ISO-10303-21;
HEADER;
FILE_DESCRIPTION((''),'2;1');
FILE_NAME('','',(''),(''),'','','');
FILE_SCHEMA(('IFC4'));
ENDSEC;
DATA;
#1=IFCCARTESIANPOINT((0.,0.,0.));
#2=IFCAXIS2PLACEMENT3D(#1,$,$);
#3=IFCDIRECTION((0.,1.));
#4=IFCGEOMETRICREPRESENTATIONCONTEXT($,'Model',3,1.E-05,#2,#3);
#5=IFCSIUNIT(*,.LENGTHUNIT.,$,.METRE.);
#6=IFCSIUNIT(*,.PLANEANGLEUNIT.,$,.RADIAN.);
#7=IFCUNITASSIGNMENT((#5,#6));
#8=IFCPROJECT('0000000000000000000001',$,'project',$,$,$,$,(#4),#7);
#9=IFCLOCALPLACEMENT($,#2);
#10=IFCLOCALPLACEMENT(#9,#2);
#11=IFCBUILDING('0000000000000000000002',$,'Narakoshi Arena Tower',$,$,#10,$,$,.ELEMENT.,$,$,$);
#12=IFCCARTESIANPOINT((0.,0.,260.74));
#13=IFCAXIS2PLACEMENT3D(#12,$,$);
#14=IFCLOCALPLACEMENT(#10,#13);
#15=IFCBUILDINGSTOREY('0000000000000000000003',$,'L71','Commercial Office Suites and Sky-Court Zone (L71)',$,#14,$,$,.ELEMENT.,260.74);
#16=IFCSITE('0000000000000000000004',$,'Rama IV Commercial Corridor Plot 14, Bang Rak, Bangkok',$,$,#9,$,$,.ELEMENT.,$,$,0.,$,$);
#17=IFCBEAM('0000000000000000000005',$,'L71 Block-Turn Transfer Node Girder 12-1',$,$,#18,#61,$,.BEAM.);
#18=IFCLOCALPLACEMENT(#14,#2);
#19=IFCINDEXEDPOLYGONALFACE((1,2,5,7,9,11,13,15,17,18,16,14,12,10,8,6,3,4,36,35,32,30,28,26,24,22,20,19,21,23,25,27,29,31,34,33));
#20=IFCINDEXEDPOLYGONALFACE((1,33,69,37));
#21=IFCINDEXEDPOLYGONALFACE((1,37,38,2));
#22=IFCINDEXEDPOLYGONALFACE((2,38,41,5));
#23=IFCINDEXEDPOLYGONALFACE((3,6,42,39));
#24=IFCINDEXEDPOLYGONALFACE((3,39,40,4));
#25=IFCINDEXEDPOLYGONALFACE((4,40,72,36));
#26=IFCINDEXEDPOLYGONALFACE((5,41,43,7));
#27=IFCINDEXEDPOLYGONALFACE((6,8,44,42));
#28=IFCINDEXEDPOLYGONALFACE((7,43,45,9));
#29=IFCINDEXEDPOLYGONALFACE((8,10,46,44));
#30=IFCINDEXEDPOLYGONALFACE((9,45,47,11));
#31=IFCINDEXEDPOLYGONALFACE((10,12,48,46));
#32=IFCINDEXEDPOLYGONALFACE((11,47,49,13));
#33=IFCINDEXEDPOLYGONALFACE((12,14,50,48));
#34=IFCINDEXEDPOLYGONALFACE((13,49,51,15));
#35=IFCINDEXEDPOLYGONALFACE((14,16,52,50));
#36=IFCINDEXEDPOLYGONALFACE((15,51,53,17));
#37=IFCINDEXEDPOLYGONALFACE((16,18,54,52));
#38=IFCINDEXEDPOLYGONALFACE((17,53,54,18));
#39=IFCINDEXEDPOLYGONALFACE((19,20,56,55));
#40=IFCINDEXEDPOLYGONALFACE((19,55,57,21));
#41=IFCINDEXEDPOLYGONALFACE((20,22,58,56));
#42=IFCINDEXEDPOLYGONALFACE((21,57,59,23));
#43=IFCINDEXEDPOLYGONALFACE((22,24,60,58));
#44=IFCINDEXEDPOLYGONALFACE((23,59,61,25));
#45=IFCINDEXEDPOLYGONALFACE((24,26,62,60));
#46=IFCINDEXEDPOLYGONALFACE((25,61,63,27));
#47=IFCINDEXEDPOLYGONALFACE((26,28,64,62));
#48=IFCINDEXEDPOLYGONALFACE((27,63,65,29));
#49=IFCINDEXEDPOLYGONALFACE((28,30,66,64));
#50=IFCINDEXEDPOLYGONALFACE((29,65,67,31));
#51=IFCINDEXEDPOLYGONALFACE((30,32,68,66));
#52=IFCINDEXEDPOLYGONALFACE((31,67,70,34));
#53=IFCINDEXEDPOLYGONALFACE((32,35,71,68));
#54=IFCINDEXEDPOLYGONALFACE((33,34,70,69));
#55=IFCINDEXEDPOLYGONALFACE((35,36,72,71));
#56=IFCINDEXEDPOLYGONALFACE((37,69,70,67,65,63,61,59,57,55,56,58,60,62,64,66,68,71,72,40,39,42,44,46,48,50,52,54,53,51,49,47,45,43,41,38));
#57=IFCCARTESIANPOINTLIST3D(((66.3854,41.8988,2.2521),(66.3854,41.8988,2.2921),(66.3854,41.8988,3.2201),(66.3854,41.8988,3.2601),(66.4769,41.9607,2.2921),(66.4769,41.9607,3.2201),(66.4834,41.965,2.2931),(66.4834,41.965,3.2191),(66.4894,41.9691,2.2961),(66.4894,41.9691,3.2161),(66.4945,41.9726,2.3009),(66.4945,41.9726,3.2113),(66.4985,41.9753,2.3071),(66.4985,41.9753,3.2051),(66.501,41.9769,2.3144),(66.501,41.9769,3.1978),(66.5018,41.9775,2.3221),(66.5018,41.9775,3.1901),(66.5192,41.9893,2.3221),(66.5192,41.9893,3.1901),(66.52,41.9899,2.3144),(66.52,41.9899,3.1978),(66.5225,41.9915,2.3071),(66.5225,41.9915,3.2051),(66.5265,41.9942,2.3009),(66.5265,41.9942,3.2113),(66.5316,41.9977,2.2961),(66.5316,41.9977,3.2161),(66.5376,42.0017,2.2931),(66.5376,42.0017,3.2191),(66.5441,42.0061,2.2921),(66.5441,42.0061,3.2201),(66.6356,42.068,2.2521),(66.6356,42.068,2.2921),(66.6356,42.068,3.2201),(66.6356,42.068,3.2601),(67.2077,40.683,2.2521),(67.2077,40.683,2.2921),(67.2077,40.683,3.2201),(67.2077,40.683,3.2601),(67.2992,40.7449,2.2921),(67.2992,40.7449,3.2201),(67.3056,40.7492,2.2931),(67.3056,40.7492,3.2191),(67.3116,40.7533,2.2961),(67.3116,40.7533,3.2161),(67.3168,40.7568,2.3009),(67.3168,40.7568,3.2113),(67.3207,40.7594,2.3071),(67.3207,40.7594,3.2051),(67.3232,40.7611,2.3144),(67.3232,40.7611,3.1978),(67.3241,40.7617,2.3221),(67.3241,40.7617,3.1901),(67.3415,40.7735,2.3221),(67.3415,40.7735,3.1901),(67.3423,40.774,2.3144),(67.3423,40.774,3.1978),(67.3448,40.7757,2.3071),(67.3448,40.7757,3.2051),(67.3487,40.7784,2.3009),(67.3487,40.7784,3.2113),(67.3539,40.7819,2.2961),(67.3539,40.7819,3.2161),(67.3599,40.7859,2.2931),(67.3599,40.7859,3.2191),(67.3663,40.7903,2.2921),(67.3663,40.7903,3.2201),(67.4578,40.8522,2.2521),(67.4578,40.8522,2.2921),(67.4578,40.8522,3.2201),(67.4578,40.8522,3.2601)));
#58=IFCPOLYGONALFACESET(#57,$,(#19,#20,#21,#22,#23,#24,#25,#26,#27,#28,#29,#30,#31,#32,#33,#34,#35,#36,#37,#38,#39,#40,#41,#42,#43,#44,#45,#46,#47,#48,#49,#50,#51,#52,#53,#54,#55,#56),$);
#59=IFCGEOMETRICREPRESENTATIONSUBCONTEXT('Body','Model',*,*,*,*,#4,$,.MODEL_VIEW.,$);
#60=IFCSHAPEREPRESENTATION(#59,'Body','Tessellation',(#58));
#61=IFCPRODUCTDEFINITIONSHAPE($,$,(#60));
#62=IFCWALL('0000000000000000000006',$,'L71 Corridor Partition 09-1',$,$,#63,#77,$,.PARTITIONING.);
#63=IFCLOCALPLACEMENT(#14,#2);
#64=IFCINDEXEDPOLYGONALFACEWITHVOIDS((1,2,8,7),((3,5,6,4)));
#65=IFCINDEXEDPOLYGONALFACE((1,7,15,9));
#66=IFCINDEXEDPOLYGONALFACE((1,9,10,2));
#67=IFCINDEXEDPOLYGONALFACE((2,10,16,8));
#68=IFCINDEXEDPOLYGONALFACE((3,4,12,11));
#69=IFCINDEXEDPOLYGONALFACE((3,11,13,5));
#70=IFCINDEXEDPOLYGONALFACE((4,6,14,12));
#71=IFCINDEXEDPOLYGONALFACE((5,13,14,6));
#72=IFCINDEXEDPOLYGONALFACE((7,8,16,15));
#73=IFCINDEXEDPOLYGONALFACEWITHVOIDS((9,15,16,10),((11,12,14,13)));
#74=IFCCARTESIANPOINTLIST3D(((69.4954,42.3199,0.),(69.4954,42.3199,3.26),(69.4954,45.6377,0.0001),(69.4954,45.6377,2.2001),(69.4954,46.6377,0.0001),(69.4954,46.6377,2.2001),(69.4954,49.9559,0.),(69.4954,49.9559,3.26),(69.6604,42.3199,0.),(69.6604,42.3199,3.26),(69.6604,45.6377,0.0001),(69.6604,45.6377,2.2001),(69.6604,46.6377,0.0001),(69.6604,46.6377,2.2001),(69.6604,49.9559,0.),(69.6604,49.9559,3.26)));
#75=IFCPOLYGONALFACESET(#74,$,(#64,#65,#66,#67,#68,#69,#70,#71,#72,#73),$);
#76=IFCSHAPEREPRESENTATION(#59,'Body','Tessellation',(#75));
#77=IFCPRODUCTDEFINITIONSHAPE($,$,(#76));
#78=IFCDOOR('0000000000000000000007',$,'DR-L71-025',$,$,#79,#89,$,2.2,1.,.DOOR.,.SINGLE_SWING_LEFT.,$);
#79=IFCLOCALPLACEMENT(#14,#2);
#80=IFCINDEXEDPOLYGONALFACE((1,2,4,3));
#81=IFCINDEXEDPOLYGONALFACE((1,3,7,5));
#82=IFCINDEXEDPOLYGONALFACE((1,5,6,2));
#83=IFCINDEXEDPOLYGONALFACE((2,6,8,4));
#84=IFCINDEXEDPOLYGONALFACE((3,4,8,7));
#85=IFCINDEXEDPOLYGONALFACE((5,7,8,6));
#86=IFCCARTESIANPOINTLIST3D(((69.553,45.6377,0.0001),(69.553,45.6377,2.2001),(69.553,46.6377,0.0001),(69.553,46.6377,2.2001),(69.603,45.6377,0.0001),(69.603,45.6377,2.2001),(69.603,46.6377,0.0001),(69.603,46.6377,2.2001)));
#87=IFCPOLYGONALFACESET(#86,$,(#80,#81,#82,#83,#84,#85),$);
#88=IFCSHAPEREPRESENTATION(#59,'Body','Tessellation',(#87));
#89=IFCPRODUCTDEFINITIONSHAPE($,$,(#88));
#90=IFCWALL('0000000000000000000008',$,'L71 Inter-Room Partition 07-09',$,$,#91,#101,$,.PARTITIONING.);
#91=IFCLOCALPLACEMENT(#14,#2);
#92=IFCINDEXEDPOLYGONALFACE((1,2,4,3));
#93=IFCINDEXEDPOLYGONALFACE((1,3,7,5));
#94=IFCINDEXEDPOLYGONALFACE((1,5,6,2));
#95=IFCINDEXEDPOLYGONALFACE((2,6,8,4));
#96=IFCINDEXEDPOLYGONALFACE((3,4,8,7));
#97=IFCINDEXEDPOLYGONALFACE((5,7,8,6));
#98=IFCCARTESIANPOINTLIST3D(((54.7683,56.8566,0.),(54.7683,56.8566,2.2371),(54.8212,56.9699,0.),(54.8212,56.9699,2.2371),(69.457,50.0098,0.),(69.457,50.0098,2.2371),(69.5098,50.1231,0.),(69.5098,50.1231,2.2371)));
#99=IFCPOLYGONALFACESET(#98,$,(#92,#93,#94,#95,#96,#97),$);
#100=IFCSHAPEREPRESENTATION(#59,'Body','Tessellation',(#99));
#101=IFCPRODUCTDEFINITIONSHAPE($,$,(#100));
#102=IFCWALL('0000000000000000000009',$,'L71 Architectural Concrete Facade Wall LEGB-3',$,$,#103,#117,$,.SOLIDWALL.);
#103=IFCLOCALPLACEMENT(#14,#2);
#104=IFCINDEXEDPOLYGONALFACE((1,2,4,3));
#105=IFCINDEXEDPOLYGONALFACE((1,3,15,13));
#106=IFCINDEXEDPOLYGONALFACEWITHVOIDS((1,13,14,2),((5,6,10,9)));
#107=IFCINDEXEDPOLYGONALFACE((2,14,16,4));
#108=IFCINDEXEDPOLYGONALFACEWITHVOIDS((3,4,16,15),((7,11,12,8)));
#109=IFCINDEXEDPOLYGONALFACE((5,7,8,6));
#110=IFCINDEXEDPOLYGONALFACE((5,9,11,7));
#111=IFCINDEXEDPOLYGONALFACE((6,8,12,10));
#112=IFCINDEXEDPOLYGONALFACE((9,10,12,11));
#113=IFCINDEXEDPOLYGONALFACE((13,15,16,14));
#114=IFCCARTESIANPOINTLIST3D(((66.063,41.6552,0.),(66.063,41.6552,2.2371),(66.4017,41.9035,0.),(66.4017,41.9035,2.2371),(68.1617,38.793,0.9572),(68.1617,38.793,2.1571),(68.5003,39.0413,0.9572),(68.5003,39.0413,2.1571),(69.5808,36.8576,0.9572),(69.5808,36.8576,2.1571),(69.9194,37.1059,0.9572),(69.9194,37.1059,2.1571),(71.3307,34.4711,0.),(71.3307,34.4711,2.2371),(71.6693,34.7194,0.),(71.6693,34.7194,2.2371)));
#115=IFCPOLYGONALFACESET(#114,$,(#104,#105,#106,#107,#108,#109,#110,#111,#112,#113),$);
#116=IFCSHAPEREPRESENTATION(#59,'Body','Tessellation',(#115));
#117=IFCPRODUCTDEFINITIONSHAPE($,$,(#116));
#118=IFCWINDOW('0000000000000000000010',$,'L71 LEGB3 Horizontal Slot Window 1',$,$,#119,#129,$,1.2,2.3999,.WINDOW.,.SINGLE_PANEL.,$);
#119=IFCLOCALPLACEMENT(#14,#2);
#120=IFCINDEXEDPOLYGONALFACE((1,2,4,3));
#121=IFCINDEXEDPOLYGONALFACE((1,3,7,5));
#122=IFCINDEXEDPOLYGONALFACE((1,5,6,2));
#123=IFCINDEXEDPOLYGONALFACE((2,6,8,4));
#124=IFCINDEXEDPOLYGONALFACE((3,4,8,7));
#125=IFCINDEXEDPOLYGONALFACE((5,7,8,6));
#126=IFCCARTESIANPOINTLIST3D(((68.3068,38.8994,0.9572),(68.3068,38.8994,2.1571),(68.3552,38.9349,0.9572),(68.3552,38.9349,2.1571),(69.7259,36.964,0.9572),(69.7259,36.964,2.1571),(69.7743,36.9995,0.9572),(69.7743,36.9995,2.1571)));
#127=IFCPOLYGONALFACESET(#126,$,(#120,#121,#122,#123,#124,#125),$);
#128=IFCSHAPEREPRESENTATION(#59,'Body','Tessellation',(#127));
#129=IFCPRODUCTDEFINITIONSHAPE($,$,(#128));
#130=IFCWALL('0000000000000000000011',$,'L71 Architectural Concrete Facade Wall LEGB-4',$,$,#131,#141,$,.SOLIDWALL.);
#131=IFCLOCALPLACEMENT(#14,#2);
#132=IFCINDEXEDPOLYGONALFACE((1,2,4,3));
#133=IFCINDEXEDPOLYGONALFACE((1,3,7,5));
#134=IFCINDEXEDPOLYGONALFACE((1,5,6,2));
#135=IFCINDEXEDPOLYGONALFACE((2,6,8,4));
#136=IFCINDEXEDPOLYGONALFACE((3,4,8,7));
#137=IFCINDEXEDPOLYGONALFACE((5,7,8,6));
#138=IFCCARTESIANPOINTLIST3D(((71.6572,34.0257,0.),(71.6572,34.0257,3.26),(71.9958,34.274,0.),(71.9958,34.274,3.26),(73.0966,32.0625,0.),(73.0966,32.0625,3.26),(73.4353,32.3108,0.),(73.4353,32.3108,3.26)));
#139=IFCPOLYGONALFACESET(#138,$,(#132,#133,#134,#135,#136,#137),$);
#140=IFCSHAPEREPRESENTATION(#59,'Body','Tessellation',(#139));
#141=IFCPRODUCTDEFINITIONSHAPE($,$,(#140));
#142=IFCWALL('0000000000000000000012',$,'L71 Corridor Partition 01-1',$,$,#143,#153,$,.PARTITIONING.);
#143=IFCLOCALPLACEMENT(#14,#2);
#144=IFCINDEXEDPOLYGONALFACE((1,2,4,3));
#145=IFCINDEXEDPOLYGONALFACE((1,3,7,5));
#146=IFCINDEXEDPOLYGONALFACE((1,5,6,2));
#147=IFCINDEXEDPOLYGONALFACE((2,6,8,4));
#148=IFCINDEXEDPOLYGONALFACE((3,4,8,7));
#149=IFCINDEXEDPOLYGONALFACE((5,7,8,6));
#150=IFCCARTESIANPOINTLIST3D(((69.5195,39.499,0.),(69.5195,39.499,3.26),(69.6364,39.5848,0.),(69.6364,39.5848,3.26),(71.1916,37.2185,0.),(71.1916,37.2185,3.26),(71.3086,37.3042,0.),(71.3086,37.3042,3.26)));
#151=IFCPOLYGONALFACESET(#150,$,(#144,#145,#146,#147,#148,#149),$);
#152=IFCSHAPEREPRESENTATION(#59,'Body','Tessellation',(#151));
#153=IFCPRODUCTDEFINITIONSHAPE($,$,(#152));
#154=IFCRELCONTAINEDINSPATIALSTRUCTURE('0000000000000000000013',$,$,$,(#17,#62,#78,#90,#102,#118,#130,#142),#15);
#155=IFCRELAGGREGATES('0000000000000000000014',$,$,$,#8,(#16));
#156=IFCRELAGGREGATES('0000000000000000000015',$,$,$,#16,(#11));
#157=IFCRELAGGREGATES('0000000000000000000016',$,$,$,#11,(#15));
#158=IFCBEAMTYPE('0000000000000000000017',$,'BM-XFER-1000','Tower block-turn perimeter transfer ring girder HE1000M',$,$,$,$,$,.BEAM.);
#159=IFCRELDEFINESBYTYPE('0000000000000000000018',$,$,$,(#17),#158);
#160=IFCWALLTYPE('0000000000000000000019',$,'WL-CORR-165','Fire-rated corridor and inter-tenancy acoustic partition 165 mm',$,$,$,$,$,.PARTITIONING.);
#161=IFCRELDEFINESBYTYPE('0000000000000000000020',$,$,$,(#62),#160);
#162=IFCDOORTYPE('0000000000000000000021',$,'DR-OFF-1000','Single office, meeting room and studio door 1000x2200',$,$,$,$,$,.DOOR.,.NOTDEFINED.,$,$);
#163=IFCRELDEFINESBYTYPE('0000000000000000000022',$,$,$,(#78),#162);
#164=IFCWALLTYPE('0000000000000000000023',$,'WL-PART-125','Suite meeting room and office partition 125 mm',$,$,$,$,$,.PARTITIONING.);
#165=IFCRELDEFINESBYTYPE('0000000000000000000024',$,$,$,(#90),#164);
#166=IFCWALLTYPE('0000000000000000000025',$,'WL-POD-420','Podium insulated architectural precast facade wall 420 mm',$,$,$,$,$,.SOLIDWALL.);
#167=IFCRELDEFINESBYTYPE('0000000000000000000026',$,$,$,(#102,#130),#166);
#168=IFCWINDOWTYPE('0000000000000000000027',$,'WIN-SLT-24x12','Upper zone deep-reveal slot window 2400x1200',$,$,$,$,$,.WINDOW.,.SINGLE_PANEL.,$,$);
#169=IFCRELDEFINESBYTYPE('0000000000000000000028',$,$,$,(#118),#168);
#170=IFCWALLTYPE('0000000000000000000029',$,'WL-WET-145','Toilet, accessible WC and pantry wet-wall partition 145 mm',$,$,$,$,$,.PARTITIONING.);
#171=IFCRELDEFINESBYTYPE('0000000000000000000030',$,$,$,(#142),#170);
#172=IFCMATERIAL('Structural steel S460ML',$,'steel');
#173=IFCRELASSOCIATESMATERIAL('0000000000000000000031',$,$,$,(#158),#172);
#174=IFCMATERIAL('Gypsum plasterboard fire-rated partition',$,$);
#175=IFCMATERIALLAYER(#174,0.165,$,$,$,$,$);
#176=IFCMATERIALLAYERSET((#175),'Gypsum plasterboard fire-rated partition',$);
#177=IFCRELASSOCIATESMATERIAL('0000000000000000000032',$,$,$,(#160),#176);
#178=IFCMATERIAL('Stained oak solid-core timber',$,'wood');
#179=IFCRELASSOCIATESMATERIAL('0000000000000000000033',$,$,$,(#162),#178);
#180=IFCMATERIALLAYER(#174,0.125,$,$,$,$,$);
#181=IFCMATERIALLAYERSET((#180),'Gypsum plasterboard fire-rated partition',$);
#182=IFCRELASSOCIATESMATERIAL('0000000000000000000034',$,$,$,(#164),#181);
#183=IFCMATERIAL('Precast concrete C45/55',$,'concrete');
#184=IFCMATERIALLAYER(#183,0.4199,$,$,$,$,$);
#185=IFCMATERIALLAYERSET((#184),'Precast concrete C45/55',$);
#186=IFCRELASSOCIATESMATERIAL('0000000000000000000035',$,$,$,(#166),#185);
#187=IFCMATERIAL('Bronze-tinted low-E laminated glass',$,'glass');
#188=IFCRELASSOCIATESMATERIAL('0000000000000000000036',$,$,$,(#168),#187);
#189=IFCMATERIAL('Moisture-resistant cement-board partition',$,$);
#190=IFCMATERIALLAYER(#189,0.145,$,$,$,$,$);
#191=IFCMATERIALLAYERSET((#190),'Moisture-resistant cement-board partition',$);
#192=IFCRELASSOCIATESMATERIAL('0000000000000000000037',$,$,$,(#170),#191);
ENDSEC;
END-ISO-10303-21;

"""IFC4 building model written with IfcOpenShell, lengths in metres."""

from ifc_helpers import new_model, si_unit, direction, frame, frame_2d, origin, origin_2d, place, context, subcontext, project, spatial, rectangle, i_section, extrude, material, layer, layer_set, material_profile, profile_set, type_object, element, fill, save


model = new_model("IFC4")

# Units and contexts
model_context = context("Model", 3, precision=1e-05, world=origin(), true_north=direction((0.0, 1.0)))
body_context = subcontext(model_context, "Body", "Model", "MODEL_VIEW")
ifc_project = project(units=[si_unit("LENGTHUNIT", "METRE"), si_unit("PLANEANGLEUNIT", "RADIAN")], contexts=[model_context])

# Site, building, storey
site_placement = place(None, origin())
site = spatial("IfcSite", under=ifc_project, at=site_placement, Name="Rama IV Commercial Corridor Plot 14, Bang Rak, Bangkok", CompositionType="ELEMENT", RefElevation=0.0)
building_placement = place(site_placement, origin())
building = spatial("IfcBuilding", under=site, at=building_placement, Name="Narakoshi Arena Tower", CompositionType="ELEMENT")
storey_placement = place(building_placement, frame((0.0, 0.0, 260.74)))
storey = spatial("IfcBuildingStorey", under=building, at=storey_placement, Name="L71", Description="Commercial Office Suites and Sky-Court Zone (L71)", CompositionType="ELEMENT", Elevation=260.74)

# Beam
ifc_material_1 = material(Name="Structural steel S460ML", Category="steel")
ifc_material_profile_1 = material_profile(ifc_material_1, i_section(OverallWidth=0.302, OverallDepth=1.0081, WebThickness=0.021, FlangeThickness=0.04, FilletRadius=0.03, at=origin_2d()), Name="HE1000M")
ifc_profile_set_1 = profile_set([ifc_material_profile_1], Name="Structural steel S460ML")
beam_type = type_object("IfcBeamType", Name="BM-XFER-1000", Description="Tower block-turn perimeter transfer ring girder HE1000M", PredefinedType="BEAM", material=ifc_profile_set_1)
beam_1_placement = place(storey_placement, frame((66.5105, 41.9834, 2.7561), z_axis=(0.560215, -0.828347, 0.0), x_axis=(0.828347, 0.560215, 0.0)))
element("IfcBeam", 1, at=beam_1_placement, inside=storey, type_object=beam_type, Name="L71 Block-Turn Transfer Node Girder 12-1", PredefinedType="BEAM", context=body_context, shape_type="SweptSolid", body=[
    extrude(i_section(OverallWidth=0.302, OverallDepth=1.0081, WebThickness=0.021, FlangeThickness=0.04, FilletRadius=0.03, at=origin_2d()), origin(), (0.0, 0.0, 1.0), 1.4678),
])

# Wall, opening, door
ifc_material_2 = material(Name="Gypsum plasterboard fire-rated partition")
ifc_layer_1 = layer(ifc_material_2, 0.165)
ifc_layer_set_1 = layer_set([ifc_layer_1], Name="Gypsum plasterboard fire-rated partition")
wall_type_1 = type_object("IfcWallType", Name="WL-CORR-165", Description="Fire-rated corridor and inter-tenancy acoustic partition 165 mm", PredefinedType="PARTITIONING", material=ifc_layer_set_1)
wall_1_placement = place(storey_placement, frame((69.5779, 49.9558, 0.0), z_axis=(0.0, 0.0, 1.0), x_axis=(0.0, -1.0, 0.0)))
wall_1 = element("IfcWall", 2, at=wall_1_placement, inside=storey, type_object=wall_type_1, Name="L71 Corridor Partition 09-1", PredefinedType="PARTITIONING", context=body_context, shape_type="SweptSolid", body=[
    extrude(rectangle(XDim=7.636, YDim=0.165, at=frame_2d((3.8179, 0.0))), origin(), (0.0, 0.0, 1.0), 3.26),
])
opening_1_placement = place(wall_1_placement, frame((3.3181, 0.0, 0.0)))
opening_1 = element("IfcOpeningElement", 3, at=opening_1_placement, cuts=wall_1, PredefinedType="OPENING", context=body_context, shape_type="SweptSolid", body=[
    extrude(rectangle(XDim=1.0, YDim=2.2, at=frame_2d((0.5, 1.1001))), frame((0.0, 0.0925, 0.0), z_axis=(0.0, -1.0, 0.0), x_axis=(1.0, 0.0, 0.0)), (0.0, 0.0, 1.0), 0.1851),
])
ifc_material_3 = material(Name="Stained oak solid-core timber", Category="wood")
door_type_1 = type_object("IfcDoorType", Name="DR-OFF-1000", Description="Single office, meeting room and studio door 1000x2200", OperationType="NOTDEFINED", PredefinedType="DOOR", material=ifc_material_3)
door_1_placement = place(opening_1_placement, frame((1.0, 0.0, 0.0), z_axis=(0.0, 0.0, 1.0), x_axis=(-1.0, 0.0, 0.0)))
door_1 = element("IfcDoor", 4, at=door_1_placement, inside=storey, type_object=door_type_1, Name="DR-L71-025", OperationType="SINGLE_SWING_LEFT", OverallHeight=2.2, OverallWidth=1.0, PredefinedType="DOOR", context=body_context, shape_type="SweptSolid", body=[
    extrude(rectangle(XDim=1.0, YDim=2.2, at=frame_2d((0.5, 1.1001))), frame((0.0, 0.0249, 0.0), z_axis=(0.0, -1.0, 0.0), x_axis=(1.0, 0.0, 0.0)), (0.0, 0.0, 1.0), 0.05),
])
fill(opening_1, door_1)

# Wall
ifc_layer_2 = layer(ifc_material_2, 0.125)
ifc_layer_set_2 = layer_set([ifc_layer_2], Name="Gypsum plasterboard fire-rated partition")
wall_type_2 = type_object("IfcWallType", Name="WL-PART-125", Description="Suite meeting room and office partition 125 mm", PredefinedType="PARTITIONING", material=ifc_layer_set_2)
wall_2_placement = place(storey_placement, frame((69.4834, 50.0664, 0.0), z_axis=(0.0, 0.0, 1.0), x_axis=(-0.906368, 0.42249, 0.0)))
element("IfcWall", 5, at=wall_2_placement, inside=storey, type_object=wall_type_2, Name="L71 Inter-Room Partition 07-09", PredefinedType="PARTITIONING", context=body_context, shape_type="SweptSolid", body=[
    extrude(rectangle(XDim=16.2061, YDim=0.125, at=frame_2d((8.103, 0.0))), origin(), (0.0, 0.0, 1.0), 2.2371),
])

# Wall, opening, window
ifc_material_4 = material(Name="Precast concrete C45/55", Category="concrete")
ifc_layer_3 = layer(ifc_material_4, 0.4199)
ifc_layer_set_3 = layer_set([ifc_layer_3], Name="Precast concrete C45/55")
wall_type_3 = type_object("IfcWallType", Name="WL-POD-420", Description="Podium insulated architectural precast facade wall 420 mm", PredefinedType="SOLIDWALL", material=ifc_layer_set_3)
wall_3_placement = place(storey_placement, frame((66.2324, 41.7793, 0.0), z_axis=(0.0, 0.0, 1.0), x_axis=(0.591309, -0.806445, 0.0)))
wall_3 = element("IfcWall", 6, at=wall_3_placement, inside=storey, type_object=wall_type_3, Name="L71 Architectural Concrete Facade Wall LEGB-3", PredefinedType="SOLIDWALL", context=body_context, shape_type="SweptSolid", body=[
    extrude(rectangle(XDim=8.9084, YDim=0.4199, at=frame_2d((4.4541, 0.0))), origin(), (0.0, 0.0, 1.0), 2.2371),
])
opening_2_placement = place(wall_3_placement, frame((3.5491, 0.0, 0.957)))
opening_2 = element("IfcOpeningElement", 7, at=opening_2_placement, cuts=wall_3, PredefinedType="OPENING", context=body_context, shape_type="SweptSolid", body=[
    extrude(rectangle(XDim=2.3999, YDim=1.2, at=frame_2d((1.2, 0.6001))), frame((0.0, 0.22, 0.0), z_axis=(0.0, -1.0, 0.0), x_axis=(1.0, 0.0, 0.0)), (0.0, 0.0, 1.0), 0.4399),
])
ifc_material_5 = material(Name="Bronze-tinted low-E laminated glass", Category="glass")
window_type = type_object("IfcWindowType", Name="WIN-SLT-24x12", Description="Upper zone deep-reveal slot window 2400x1200", PartitioningType="SINGLE_PANEL", PredefinedType="WINDOW", material=ifc_material_5)
window_placement = place(opening_2_placement, origin())
window = element("IfcWindow", 8, at=window_placement, inside=storey, type_object=window_type, Name="L71 LEGB3 Horizontal Slot Window 1", OverallHeight=1.2, OverallWidth=2.3999, PartitioningType="SINGLE_PANEL", PredefinedType="WINDOW", context=body_context, shape_type="SweptSolid", body=[
    extrude(rectangle(XDim=2.3999, YDim=1.2, at=frame_2d((1.2, 0.6001))), frame((0.0, 0.03, 0.0), z_axis=(0.0, -1.0, 0.0), x_axis=(1.0, 0.0, 0.0)), (0.0, 0.0, 1.0), 0.0601),
])
fill(opening_2, window)

# Walls
wall_4_placement = place(storey_placement, frame((71.8264, 34.1499, 0.0), z_axis=(0.0, 0.0, 1.0), x_axis=(0.591316, -0.80644, 0.0)))
element("IfcWall", 9, at=wall_4_placement, inside=storey, type_object=wall_type_3, Name="L71 Architectural Concrete Facade Wall LEGB-4", PredefinedType="SOLIDWALL", context=body_context, shape_type="SweptSolid", body=[
    extrude(rectangle(XDim=2.4343, YDim=0.4199, at=frame_2d((1.2173, 0.0))), origin(), (0.0, 0.0, 1.0), 3.26),
])
ifc_material_6 = material(Name="Moisture-resistant cement-board partition")
ifc_layer_4 = layer(ifc_material_6, 0.145)
ifc_layer_set_4 = layer_set([ifc_layer_4], Name="Moisture-resistant cement-board partition")
wall_type_4 = type_object("IfcWallType", Name="WL-WET-145", Description="Toilet, accessible WC and pantry wet-wall partition 145 mm", PredefinedType="PARTITIONING", material=ifc_layer_set_4)
wall_5_placement = place(storey_placement, frame((69.5779, 39.542, 0.0), z_axis=(0.0, 0.0, 1.0), x_axis=(0.591304, -0.806449, 0.0)))
element("IfcWall", 10, at=wall_5_placement, inside=storey, type_object=wall_type_4, Name="L71 Corridor Partition 01-1", PredefinedType="PARTITIONING", context=body_context, shape_type="SweptSolid", body=[
    extrude(rectangle(XDim=2.8279, YDim=0.145, at=frame_2d((1.4141, 0.0))), origin(), (0.0, 0.0, 1.0), 3.26),
])

save(model, "model.ifc")
